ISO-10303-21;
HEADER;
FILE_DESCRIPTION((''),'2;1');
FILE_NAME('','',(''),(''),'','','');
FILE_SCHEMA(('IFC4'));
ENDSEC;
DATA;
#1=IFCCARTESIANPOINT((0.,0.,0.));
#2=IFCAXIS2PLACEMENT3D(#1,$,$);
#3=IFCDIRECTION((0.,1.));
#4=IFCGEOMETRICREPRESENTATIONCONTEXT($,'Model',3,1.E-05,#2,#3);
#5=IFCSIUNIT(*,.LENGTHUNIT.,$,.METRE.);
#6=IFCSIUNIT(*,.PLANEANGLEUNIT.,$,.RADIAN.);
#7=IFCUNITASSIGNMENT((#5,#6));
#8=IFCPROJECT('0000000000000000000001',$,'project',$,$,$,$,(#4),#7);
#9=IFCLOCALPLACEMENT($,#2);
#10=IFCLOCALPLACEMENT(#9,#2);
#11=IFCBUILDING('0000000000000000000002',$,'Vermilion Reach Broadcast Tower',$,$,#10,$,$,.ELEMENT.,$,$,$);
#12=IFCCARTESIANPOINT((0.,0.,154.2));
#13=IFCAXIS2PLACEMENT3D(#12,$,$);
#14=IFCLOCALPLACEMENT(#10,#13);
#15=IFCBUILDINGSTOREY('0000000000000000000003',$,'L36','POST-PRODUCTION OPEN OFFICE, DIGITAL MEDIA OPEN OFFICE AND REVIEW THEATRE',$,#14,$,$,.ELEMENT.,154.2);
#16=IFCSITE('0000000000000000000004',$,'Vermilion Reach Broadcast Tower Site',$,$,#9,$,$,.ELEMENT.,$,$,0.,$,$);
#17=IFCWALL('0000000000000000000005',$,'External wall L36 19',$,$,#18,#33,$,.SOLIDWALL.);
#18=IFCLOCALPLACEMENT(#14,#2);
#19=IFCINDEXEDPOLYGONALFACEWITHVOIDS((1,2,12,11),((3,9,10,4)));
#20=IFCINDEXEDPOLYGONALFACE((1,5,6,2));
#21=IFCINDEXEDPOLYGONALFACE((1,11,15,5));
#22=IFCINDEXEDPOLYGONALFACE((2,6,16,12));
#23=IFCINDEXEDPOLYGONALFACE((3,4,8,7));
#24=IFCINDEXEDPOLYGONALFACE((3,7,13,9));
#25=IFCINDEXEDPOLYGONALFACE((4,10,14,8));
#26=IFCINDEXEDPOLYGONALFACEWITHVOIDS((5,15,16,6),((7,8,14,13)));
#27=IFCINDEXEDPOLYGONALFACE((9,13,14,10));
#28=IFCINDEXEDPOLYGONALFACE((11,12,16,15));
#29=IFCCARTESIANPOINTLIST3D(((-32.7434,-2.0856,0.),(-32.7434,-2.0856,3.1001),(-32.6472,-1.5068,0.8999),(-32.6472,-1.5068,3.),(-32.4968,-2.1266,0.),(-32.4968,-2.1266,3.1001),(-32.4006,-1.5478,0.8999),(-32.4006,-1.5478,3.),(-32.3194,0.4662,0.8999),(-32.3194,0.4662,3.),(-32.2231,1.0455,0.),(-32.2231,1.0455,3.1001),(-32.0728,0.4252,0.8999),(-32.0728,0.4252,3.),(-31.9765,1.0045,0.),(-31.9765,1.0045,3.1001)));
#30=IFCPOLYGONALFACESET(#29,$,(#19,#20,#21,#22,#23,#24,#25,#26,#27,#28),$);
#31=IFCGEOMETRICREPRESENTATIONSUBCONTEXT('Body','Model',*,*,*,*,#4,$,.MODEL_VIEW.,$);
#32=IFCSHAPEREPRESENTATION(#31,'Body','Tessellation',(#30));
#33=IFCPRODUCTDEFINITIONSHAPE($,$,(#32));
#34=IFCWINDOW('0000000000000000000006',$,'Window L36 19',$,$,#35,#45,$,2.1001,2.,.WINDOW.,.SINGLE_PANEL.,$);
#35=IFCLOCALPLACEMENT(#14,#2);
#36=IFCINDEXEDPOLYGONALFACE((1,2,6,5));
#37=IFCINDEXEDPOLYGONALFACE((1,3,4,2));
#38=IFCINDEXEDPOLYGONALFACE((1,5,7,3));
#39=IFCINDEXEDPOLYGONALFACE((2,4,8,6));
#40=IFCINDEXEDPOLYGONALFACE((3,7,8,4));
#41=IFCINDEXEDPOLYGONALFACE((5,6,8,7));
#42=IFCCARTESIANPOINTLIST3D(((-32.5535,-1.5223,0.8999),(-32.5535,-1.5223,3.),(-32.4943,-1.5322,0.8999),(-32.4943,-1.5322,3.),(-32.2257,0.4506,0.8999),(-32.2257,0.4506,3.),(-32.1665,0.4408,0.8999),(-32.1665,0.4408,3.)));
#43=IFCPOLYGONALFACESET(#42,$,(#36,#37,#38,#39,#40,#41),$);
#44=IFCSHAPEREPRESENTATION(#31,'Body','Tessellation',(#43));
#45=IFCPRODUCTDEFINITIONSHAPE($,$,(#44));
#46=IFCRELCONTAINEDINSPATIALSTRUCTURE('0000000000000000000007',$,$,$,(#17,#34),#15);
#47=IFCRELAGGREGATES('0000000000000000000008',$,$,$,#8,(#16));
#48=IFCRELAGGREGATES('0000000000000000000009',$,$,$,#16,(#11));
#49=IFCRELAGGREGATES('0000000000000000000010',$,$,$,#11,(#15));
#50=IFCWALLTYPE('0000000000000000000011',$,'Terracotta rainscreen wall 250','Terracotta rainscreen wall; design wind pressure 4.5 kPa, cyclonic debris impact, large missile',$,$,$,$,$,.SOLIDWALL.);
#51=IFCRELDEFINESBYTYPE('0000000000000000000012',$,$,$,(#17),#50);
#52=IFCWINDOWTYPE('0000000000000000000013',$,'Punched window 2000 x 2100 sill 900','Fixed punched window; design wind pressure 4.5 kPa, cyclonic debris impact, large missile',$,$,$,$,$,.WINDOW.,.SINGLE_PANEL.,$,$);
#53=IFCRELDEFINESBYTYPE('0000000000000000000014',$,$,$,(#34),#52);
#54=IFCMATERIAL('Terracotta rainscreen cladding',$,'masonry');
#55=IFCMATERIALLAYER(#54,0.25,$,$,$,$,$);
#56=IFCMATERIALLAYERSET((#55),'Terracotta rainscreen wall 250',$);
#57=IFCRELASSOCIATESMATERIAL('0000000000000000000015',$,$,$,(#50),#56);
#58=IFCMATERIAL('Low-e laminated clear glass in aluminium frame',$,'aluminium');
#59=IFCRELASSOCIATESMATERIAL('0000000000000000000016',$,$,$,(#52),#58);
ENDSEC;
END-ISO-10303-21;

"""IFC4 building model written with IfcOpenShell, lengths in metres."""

from ifc_helpers import new_model, si_unit, direction, frame, frame_2d, origin, place, context, subcontext, project, spatial, rectangle, extrude, material, layer, layer_set, type_object, element, fill, save


model = new_model("IFC4")

# Units and contexts
model_context = context("Model", 3, precision=1e-05, world=origin(), true_north=direction((0.0, 1.0)))
body_context = subcontext(model_context, "Body", "Model", "MODEL_VIEW")
ifc_project = project(units=[si_unit("LENGTHUNIT", "METRE"), si_unit("PLANEANGLEUNIT", "RADIAN")], contexts=[model_context])

# Site, building, storey
site_placement = place(None, origin())
site = spatial("IfcSite", under=ifc_project, at=site_placement, Name="Vermilion Reach Broadcast Tower Site", CompositionType="ELEMENT", RefElevation=0.0)
building_placement = place(site_placement, origin())
building = spatial("IfcBuilding", under=site, at=building_placement, Name="Vermilion Reach Broadcast Tower", CompositionType="ELEMENT")
storey_placement = place(building_placement, frame((0.0, 0.0, 154.2)))
storey = spatial("IfcBuildingStorey", under=building, at=storey_placement, Name="L36", Description="POST-PRODUCTION OPEN OFFICE, DIGITAL MEDIA OPEN OFFICE AND REVIEW THEATRE", CompositionType="ELEMENT", Elevation=154.2)

# Wall, opening, window
ifc_material_1 = material(Name="Terracotta rainscreen cladding", Category="masonry")
ifc_layer_1 = layer(ifc_material_1, 0.25)
ifc_layer_set_1 = layer_set([ifc_layer_1], Name="Terracotta rainscreen wall 250")
wall_type_1 = type_object("IfcWallType", Name="Terracotta rainscreen wall 250", Description="Terracotta rainscreen wall; design wind pressure 4.5 kPa, cyclonic debris impact, large missile", PredefinedType="SOLIDWALL", material=ifc_layer_set_1)
ifc_material_2 = material(Name="Low-e laminated clear glass in aluminium frame", Category="aluminium")
window_type = type_object("IfcWindowType", Name="Punched window 2000 x 2100 sill 900", Description="Fixed punched window; design wind pressure 4.5 kPa, cyclonic debris impact, large missile", PartitioningType="SINGLE_PANEL", PredefinedType="WINDOW", material=ifc_material_2)
wall_1_placement = place(storey_placement, frame((-32.0999, 1.0249, 0.0), z_axis=(0.0, 0.0, 1.0), x_axis=(-0.163913, -0.986475, 0.0)))
wall_1 = element("IfcWall", 1, at=wall_1_placement, inside=storey, type_object=wall_type_1, Name="External wall L36 19", PredefinedType="SOLIDWALL", context=body_context, shape_type="SweptSolid", body=[
    extrude(rectangle(XDim=3.1741, YDim=0.25, at=frame_2d((1.5869, 0.0))), origin(), (0.0, 0.0, 1.0), 3.1001),
])
opening_1_placement = place(wall_1_placement, frame((0.5872, 0.0, 0.8999)))
opening_1 = element("IfcOpeningElement", 2, at=opening_1_placement, cuts=wall_1, PredefinedType="OPENING", context=body_context, shape_type="SweptSolid", body=[
    extrude(rectangle(XDim=2.0, YDim=2.1001, at=frame_2d((1.0, 1.05))), frame((0.0, 0.135, 0.0), z_axis=(0.0, -1.0, 0.0), x_axis=(1.0, 0.0, 0.0)), (0.0, 0.0, 1.0), 0.27),
])
window_1_placement = place(opening_1_placement, origin())
window_1 = element("IfcWindow", 3, at=window_1_placement, inside=storey, type_object=window_type, Name="Window L36 19", OverallHeight=2.1001, OverallWidth=2.0, PartitioningType="SINGLE_PANEL", PredefinedType="WINDOW", context=body_context, shape_type="SweptSolid", body=[
    extrude(rectangle(XDim=2.0, YDim=2.1001, at=frame_2d((1.0, 1.05))), frame((0.0, 0.03, 0.0), z_axis=(0.0, -1.0, 0.0), x_axis=(1.0, 0.0, 0.0)), (0.0, 0.0, 1.0), 0.0601),
])
fill(opening_1, window_1)

save(model, "model.ifc")
